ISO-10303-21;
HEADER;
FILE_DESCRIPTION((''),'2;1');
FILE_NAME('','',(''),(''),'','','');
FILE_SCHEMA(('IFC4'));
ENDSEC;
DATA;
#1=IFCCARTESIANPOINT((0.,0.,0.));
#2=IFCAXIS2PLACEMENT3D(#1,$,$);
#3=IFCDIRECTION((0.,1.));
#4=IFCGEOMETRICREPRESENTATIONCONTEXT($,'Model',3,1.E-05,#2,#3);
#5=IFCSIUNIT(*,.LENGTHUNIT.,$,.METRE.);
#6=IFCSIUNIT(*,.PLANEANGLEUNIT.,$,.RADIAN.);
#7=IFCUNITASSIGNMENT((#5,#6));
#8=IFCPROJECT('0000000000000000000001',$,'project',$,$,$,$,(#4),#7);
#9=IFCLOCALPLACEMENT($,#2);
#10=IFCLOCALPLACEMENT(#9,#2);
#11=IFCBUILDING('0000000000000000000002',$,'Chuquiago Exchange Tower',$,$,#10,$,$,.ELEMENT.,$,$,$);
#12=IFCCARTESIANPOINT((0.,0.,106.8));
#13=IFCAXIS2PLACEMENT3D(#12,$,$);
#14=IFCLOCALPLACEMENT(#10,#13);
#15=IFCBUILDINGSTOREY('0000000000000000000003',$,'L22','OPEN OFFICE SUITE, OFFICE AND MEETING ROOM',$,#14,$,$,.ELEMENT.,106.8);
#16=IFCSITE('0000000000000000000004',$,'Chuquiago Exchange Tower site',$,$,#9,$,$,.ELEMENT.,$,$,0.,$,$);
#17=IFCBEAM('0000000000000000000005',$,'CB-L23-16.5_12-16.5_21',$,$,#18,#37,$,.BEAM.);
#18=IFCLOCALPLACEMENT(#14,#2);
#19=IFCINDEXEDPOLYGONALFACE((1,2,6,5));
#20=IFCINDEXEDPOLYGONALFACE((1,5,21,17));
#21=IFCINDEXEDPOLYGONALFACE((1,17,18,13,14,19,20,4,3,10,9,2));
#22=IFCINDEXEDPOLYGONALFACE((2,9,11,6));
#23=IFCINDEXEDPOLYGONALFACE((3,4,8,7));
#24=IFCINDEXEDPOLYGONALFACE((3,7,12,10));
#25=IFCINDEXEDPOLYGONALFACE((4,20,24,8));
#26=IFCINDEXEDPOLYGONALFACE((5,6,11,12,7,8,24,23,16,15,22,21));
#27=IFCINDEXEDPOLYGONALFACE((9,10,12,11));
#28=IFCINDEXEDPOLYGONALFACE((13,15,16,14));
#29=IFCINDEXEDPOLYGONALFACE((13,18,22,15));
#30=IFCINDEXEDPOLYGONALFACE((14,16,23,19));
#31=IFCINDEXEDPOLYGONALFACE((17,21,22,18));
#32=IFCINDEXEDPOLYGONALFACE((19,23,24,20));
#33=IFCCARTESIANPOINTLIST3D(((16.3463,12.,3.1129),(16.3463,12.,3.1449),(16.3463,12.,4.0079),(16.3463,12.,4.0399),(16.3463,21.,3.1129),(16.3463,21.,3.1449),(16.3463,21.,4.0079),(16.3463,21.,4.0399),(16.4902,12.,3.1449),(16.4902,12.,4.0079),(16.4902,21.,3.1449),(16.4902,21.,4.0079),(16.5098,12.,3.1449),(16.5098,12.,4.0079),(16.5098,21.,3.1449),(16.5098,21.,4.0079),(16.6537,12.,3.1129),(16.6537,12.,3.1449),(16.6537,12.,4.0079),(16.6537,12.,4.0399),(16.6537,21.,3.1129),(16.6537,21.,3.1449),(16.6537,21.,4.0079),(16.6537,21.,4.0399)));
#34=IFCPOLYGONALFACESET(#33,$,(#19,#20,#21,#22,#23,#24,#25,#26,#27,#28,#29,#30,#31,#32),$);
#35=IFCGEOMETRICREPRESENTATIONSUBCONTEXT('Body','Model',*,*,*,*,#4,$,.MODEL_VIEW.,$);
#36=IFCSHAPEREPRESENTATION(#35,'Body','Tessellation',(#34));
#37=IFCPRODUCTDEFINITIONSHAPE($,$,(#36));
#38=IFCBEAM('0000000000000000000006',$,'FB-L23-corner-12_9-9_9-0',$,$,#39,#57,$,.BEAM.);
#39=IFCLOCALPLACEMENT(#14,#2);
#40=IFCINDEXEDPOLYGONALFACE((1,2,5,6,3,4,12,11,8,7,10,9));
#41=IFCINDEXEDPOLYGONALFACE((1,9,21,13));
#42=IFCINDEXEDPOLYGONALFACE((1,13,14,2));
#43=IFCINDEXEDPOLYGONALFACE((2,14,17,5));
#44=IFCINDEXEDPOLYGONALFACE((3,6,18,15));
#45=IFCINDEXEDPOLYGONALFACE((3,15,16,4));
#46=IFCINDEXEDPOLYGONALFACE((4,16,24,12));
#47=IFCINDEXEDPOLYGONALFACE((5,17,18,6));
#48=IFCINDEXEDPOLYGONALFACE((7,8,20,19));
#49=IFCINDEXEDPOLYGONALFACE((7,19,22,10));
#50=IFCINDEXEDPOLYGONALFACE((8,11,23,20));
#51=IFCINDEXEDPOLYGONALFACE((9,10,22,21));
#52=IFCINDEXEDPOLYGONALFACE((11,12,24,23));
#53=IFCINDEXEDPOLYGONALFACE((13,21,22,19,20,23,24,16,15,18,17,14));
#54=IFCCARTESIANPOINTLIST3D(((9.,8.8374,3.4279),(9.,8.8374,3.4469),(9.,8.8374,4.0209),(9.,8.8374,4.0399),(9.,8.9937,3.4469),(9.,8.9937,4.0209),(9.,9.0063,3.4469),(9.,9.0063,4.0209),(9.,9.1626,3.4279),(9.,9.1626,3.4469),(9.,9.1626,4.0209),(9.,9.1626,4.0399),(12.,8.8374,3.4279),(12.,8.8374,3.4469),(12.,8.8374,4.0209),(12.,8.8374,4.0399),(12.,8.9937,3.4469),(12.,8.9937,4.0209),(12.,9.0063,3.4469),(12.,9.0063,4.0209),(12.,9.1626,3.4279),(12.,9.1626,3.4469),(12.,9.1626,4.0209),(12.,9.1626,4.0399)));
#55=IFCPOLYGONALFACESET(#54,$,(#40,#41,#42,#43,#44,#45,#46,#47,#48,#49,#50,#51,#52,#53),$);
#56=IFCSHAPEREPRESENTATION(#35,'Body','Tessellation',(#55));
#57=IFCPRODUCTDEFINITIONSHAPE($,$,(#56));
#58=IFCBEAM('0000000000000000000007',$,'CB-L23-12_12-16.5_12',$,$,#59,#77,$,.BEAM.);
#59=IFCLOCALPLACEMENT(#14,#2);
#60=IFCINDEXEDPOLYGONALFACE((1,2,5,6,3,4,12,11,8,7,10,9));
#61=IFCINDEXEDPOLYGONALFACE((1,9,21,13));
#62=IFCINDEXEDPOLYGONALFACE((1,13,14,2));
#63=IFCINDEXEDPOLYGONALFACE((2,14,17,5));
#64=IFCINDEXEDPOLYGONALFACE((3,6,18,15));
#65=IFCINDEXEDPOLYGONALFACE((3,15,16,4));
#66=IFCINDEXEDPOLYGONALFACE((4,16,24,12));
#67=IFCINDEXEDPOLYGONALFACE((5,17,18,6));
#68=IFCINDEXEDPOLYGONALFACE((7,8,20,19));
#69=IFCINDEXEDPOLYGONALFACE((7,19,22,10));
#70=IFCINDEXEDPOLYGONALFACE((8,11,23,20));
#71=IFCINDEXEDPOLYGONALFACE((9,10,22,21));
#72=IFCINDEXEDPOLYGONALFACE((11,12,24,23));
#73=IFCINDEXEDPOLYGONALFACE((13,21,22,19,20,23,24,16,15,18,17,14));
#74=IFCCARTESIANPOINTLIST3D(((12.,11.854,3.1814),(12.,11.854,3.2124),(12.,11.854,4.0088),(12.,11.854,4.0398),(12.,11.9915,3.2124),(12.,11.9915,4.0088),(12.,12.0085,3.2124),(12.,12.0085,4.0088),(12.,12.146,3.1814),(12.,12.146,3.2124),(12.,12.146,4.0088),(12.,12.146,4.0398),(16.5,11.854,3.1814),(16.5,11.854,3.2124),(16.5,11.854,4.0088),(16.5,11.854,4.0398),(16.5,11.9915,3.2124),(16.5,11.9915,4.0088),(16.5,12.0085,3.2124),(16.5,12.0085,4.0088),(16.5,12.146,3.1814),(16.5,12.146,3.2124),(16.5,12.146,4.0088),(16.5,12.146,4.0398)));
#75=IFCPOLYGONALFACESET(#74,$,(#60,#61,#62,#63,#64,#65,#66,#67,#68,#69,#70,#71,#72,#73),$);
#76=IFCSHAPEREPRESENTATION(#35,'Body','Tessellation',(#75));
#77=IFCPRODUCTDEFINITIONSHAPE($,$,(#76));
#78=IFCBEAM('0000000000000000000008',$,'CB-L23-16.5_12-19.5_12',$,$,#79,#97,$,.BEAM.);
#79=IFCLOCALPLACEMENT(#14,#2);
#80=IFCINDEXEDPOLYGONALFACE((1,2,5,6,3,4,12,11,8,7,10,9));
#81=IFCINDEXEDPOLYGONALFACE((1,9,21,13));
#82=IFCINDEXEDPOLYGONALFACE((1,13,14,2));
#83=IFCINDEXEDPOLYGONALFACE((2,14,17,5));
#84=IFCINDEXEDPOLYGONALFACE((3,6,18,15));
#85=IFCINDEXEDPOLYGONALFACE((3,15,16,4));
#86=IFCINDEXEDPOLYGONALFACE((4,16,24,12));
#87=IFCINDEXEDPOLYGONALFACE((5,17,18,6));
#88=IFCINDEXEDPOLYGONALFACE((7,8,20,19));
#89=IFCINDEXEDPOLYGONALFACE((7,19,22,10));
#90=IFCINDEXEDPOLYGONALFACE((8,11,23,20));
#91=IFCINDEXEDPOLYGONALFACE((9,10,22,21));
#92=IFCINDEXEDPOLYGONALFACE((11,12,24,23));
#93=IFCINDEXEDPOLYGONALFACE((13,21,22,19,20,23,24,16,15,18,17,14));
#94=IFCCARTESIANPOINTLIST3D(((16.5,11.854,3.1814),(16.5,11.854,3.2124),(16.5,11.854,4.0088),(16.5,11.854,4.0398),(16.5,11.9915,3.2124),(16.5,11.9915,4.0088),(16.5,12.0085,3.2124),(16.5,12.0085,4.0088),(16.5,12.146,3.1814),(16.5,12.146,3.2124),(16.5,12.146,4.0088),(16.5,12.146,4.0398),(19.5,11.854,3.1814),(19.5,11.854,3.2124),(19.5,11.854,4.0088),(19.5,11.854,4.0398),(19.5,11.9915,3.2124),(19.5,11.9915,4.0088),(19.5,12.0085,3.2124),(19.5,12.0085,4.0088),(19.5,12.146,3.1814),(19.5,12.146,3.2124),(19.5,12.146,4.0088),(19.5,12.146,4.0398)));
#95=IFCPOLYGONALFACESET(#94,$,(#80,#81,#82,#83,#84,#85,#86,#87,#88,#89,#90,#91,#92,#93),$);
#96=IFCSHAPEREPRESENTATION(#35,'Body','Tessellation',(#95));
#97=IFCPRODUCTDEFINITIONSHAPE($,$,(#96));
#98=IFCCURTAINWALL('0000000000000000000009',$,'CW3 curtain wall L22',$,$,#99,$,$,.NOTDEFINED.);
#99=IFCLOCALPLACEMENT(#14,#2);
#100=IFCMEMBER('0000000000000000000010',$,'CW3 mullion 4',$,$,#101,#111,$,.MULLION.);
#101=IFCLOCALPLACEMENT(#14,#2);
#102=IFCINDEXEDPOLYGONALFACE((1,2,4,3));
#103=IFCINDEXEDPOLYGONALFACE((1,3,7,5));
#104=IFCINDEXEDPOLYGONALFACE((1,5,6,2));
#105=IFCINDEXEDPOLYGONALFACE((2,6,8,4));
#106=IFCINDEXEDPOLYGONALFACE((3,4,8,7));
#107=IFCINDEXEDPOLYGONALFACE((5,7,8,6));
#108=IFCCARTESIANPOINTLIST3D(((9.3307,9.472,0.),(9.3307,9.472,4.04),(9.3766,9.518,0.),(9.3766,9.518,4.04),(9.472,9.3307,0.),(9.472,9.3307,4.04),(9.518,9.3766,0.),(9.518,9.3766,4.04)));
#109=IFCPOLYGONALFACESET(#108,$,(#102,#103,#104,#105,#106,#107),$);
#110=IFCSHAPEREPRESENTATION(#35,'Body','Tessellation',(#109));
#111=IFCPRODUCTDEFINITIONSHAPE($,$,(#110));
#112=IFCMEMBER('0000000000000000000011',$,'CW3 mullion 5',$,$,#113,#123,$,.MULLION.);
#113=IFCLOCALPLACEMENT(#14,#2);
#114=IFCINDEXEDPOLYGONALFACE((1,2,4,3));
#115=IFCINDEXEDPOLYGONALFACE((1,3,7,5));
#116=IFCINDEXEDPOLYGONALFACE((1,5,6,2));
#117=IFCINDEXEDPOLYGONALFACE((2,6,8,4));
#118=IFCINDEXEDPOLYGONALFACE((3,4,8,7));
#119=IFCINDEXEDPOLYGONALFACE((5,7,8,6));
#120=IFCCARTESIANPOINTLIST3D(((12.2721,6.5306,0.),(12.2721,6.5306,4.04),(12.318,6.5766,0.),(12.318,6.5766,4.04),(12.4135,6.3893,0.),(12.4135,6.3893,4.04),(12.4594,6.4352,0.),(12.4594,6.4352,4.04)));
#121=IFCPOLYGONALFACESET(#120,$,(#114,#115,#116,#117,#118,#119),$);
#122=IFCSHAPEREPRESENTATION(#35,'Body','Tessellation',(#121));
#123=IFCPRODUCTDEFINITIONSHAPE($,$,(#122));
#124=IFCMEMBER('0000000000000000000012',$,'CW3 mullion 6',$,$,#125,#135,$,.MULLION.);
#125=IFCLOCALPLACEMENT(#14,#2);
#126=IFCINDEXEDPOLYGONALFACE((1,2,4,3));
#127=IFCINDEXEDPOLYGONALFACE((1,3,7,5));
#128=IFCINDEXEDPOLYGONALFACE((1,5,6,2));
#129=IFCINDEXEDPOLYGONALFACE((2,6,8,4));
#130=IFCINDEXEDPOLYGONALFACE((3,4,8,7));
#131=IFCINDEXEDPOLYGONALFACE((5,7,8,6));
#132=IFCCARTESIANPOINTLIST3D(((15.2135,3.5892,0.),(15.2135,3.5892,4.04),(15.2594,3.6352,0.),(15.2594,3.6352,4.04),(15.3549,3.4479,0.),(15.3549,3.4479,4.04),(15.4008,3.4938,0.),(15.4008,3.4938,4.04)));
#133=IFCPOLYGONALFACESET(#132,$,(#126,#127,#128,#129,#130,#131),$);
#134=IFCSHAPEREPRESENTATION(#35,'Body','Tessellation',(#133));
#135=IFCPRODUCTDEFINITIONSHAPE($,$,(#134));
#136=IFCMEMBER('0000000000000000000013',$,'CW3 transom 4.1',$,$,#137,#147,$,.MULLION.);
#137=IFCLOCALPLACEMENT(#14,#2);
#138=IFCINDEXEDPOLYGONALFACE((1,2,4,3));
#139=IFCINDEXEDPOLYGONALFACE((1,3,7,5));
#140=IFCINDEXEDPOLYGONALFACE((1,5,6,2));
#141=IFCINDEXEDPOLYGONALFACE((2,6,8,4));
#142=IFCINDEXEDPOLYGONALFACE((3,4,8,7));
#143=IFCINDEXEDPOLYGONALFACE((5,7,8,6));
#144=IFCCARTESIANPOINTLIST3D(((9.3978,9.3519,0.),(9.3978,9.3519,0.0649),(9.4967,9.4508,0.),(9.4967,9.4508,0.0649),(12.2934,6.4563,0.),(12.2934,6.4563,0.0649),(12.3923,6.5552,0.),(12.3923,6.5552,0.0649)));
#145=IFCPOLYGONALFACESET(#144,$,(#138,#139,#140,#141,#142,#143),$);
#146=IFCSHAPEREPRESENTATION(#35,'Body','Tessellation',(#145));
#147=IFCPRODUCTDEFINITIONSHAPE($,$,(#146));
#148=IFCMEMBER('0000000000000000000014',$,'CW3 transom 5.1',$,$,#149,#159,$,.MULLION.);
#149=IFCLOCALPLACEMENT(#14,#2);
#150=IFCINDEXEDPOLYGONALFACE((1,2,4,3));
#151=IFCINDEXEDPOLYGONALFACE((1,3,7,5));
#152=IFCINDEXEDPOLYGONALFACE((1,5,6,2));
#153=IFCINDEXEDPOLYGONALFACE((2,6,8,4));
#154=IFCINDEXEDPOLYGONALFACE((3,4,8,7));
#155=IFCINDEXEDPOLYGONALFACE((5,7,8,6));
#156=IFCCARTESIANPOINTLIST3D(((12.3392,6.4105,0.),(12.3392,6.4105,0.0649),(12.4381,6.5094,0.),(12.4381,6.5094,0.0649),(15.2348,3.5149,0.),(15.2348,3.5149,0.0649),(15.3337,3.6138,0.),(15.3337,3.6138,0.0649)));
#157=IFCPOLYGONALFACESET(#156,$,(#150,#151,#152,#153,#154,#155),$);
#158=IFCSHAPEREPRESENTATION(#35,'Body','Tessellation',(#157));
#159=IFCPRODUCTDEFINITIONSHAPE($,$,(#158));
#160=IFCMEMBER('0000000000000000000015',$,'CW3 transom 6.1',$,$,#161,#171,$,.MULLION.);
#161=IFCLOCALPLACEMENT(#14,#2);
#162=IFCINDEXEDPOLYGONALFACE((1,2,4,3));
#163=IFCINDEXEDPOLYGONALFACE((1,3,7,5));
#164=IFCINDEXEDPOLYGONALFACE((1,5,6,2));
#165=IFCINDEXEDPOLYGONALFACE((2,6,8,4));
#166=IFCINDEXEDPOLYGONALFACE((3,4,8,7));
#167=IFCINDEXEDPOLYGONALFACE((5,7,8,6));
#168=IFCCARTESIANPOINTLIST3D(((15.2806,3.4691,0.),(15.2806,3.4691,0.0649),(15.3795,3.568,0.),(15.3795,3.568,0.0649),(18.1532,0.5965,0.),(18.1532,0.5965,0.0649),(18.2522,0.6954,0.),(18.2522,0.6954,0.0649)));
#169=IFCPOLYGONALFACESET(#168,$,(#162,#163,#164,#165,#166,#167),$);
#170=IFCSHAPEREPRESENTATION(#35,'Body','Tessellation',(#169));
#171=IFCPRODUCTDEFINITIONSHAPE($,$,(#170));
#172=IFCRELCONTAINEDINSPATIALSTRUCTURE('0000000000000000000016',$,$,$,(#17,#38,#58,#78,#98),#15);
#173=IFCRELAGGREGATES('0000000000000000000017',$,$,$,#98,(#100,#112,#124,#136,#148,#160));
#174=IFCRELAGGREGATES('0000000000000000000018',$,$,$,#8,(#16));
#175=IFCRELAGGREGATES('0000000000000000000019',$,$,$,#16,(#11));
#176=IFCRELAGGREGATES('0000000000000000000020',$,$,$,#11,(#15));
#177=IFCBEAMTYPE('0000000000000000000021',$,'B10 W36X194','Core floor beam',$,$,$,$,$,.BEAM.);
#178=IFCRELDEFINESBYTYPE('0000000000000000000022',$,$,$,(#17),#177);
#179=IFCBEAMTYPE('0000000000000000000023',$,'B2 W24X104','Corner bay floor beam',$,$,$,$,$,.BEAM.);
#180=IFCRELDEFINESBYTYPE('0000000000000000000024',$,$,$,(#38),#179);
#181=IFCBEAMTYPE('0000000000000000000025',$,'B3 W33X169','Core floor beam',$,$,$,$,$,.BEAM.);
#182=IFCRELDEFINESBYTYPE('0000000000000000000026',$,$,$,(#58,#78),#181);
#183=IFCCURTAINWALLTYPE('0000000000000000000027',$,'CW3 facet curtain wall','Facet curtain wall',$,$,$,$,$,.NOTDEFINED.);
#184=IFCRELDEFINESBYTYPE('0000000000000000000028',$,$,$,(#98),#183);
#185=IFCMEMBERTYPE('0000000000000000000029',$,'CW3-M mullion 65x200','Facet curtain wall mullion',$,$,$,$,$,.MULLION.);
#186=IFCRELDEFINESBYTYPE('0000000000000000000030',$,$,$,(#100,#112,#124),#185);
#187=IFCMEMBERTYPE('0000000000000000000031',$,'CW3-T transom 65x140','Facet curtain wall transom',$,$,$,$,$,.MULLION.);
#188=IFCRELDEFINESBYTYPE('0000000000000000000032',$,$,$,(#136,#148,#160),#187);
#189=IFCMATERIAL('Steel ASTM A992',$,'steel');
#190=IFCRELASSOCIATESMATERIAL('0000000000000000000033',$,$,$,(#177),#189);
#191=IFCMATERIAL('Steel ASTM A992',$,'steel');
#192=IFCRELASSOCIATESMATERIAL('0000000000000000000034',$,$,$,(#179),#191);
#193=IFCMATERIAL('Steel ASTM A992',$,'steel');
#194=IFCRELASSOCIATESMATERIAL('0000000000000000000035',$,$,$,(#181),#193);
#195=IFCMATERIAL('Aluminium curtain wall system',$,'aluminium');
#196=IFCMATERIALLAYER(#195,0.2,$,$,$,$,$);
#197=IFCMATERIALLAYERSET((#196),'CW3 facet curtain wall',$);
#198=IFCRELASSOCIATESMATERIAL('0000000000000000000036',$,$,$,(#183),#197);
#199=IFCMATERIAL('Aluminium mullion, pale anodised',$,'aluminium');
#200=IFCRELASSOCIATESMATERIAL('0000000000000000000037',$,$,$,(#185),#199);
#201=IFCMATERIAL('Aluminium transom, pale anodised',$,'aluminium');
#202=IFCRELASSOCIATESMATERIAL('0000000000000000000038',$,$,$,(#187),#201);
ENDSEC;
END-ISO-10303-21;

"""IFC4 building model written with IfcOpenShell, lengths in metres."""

from ifc_helpers import new_model, si_unit, direction, frame, origin, origin_2d, place, context, subcontext, project, spatial, rectangle, i_section, extrude, material, layer, layer_set, material_profile, profile_set, type_object, element, aggregate, save


model = new_model("IFC4")

# Units and contexts
model_context = context("Model", 3, precision=1e-05, world=origin(), true_north=direction((0.0, 1.0)))
body_context = subcontext(model_context, "Body", "Model", "MODEL_VIEW")
ifc_project = project(units=[si_unit("LENGTHUNIT", "METRE"), si_unit("PLANEANGLEUNIT", "RADIAN")], contexts=[model_context])

# Site, building, storey
site_placement = place(None, origin())
site = spatial("IfcSite", under=ifc_project, at=site_placement, Name="Chuquiago Exchange Tower site", CompositionType="ELEMENT", RefElevation=0.0)
building_placement = place(site_placement, origin())
building = spatial("IfcBuilding", under=site, at=building_placement, Name="Chuquiago Exchange Tower", CompositionType="ELEMENT")
storey_placement = place(building_placement, frame((0.0, 0.0, 106.8)))
storey = spatial("IfcBuildingStorey", under=building, at=storey_placement, Name="L22", Description="OPEN OFFICE SUITE, OFFICE AND MEETING ROOM", CompositionType="ELEMENT", Elevation=106.8)

# Beams
ifc_material_1 = material(Name="Steel ASTM A992", Category="steel")
ifc_material_profile_1 = material_profile(ifc_material_1, i_section(OverallWidth=0.3074, OverallDepth=0.927, WebThickness=0.0195, FlangeThickness=0.032, at=origin_2d()), Name="W36X194")
ifc_profile_set_1 = profile_set([ifc_material_profile_1], Name="Steel ASTM A992")
beam_type_1 = type_object("IfcBeamType", Name="B10 W36X194", Description="Core floor beam", PredefinedType="BEAM", material=ifc_profile_set_1)
for number, where, z_axis, x_axis, name in (
    (1, (16.5, 12.0, 3.5764), (0.0, 1.0, 0.0), (-1.0, 0.0, 0.0), "CB-L23-16.5_12-16.5_21"),
):
    element("IfcBeam", number, at=place(storey_placement, frame(where, z_axis=z_axis, x_axis=x_axis)), inside=storey, type_object=beam_type_1, Name=name, PredefinedType="BEAM", context=body_context, shape_type="SweptSolid", body=[
        extrude(i_section(OverallWidth=0.3074, OverallDepth=0.927, WebThickness=0.0195, FlangeThickness=0.032, at=origin_2d()), origin(), (0.0, 0.0, 1.0), 9.0),
    ])
ifc_material_2 = material(Name="Steel ASTM A992", Category="steel")
ifc_material_profile_2 = material_profile(ifc_material_2, i_section(OverallWidth=0.3252, OverallDepth=0.6121, WebThickness=0.0127, FlangeThickness=0.019, at=origin_2d()), Name="W24X104")
ifc_profile_set_2 = profile_set([ifc_material_profile_2], Name="Steel ASTM A992")
beam_type_2 = type_object("IfcBeamType", Name="B2 W24X104", Description="Corner bay floor beam", PredefinedType="BEAM", material=ifc_profile_set_2)
beam_1_placement = place(storey_placement, frame((12.0, 9.0, 3.7339), z_axis=(-1.0, 0.0, 0.0), x_axis=(0.0, -1.0, 0.0)))
element("IfcBeam", 2, at=beam_1_placement, inside=storey, type_object=beam_type_2, Name="FB-L23-corner-12_9-9_9-0", PredefinedType="BEAM", context=body_context, shape_type="SweptSolid", body=[
    extrude(i_section(OverallWidth=0.3252, OverallDepth=0.6121, WebThickness=0.0127, FlangeThickness=0.019, at=origin_2d()), origin(), (0.0, 0.0, 1.0), 3.0),
])
ifc_material_3 = material(Name="Steel ASTM A992", Category="steel")
ifc_material_profile_3 = material_profile(ifc_material_3, i_section(OverallWidth=0.292, OverallDepth=0.8584, WebThickness=0.0171, FlangeThickness=0.031, at=origin_2d()), Name="W33X169")
ifc_profile_set_3 = profile_set([ifc_material_profile_3], Name="Steel ASTM A992")
beam_type_3 = type_object("IfcBeamType", Name="B3 W33X169", Description="Core floor beam", PredefinedType="BEAM", material=ifc_profile_set_3)
beam_2_placement = place(storey_placement, frame((12.0, 12.0, 3.6106), z_axis=(1.0, 0.0, 0.0), x_axis=(0.0, 1.0, 0.0)))
element("IfcBeam", 3, at=beam_2_placement, inside=storey, type_object=beam_type_3, Name="CB-L23-12_12-16.5_12", PredefinedType="BEAM", context=body_context, shape_type="SweptSolid", body=[
    extrude(i_section(OverallWidth=0.292, OverallDepth=0.8584, WebThickness=0.0171, FlangeThickness=0.031, at=origin_2d()), origin(), (0.0, 0.0, 1.0), 4.5),
])
beam_3_placement = place(storey_placement, frame((16.5, 12.0, 3.6106), z_axis=(1.0, 0.0, 0.0), x_axis=(0.0, 1.0, 0.0)))
element("IfcBeam", 4, at=beam_3_placement, inside=storey, type_object=beam_type_3, Name="CB-L23-16.5_12-19.5_12", PredefinedType="BEAM", context=body_context, shape_type="SweptSolid", body=[
    extrude(i_section(OverallWidth=0.292, OverallDepth=0.8584, WebThickness=0.0171, FlangeThickness=0.031, at=origin_2d()), origin(), (0.0, 0.0, 1.0), 3.0),
])

# Curtain wall, members
ifc_material_4 = material(Name="Aluminium curtain wall system", Category="aluminium")
ifc_layer_1 = layer(ifc_material_4, 0.2)
ifc_layer_set_1 = layer_set([ifc_layer_1], Name="CW3 facet curtain wall")
curtain_wall_type = type_object("IfcCurtainWallType", Name="CW3 facet curtain wall", Description="Facet curtain wall", PredefinedType="NOTDEFINED", material=ifc_layer_set_1)
curtain_wall_placement = place(storey_placement, origin())
curtain_wall = element("IfcCurtainWall", 5, at=curtain_wall_placement, inside=storey, type_object=curtain_wall_type, Name="CW3 curtain wall L22", PredefinedType="NOTDEFINED")
ifc_material_5 = material(Name="Aluminium mullion, pale anodised", Category="aluminium")
ifc_material_profile_4 = material_profile(ifc_material_5, rectangle(XDim=0.0649, YDim=0.2, at=origin_2d()), Name="AL 65x200")
ifc_profile_set_4 = profile_set([ifc_material_profile_4], Name="Aluminium mullion, pale anodised")
member_type_1 = type_object("IfcMemberType", Name="CW3-M mullion 65x200", Description="Facet curtain wall mullion", PredefinedType="MULLION", material=ifc_profile_set_4)
member_1_placement = place(storey_placement, frame((9.4243, 9.4243, 0.0), z_axis=(0.0, 0.0, 1.0), x_axis=(0.707107, 0.707107, 0.0)))
member_1 = element("IfcMember", 6, at=member_1_placement, type_object=member_type_1, Name="CW3 mullion 4", PredefinedType="MULLION", context=body_context, shape_type="SweptSolid", body=[
    extrude(rectangle(XDim=0.0649, YDim=0.2, at=origin_2d()), origin(), (0.0, 0.0, 1.0), 4.04),
])
member_2_placement = place(storey_placement, frame((12.3657, 6.4829, 0.0), z_axis=(0.0, 0.0, 1.0), x_axis=(0.707107, 0.707107, 0.0)))
member_2 = element("IfcMember", 7, at=member_2_placement, type_object=member_type_1, Name="CW3 mullion 5", PredefinedType="MULLION", context=body_context, shape_type="SweptSolid", body=[
    extrude(rectangle(XDim=0.0649, YDim=0.2, at=origin_2d()), origin(), (0.0, 0.0, 1.0), 4.04),
])
member_3_placement = place(storey_placement, frame((15.3071, 3.5415, 0.0), z_axis=(0.0, 0.0, 1.0), x_axis=(0.707107, 0.707107, 0.0)))
member_3 = element("IfcMember", 8, at=member_3_placement, type_object=member_type_1, Name="CW3 mullion 6", PredefinedType="MULLION", context=body_context, shape_type="SweptSolid", body=[
    extrude(rectangle(XDim=0.0649, YDim=0.2, at=origin_2d()), origin(), (0.0, 0.0, 1.0), 4.04),
])
ifc_material_6 = material(Name="Aluminium transom, pale anodised", Category="aluminium")
ifc_material_profile_5 = material_profile(ifc_material_6, rectangle(XDim=0.1399, YDim=0.0649, at=origin_2d()), Name="AL 140x65")
ifc_profile_set_5 = profile_set([ifc_material_profile_5], Name="Aluminium transom, pale anodised")
member_type_2 = type_object("IfcMemberType", Name="CW3-T transom 65x140", Description="Facet curtain wall transom", PredefinedType="MULLION", material=ifc_profile_set_5)
member_4_placement = place(storey_placement, frame((9.4473, 9.4014, 0.0325), z_axis=(0.707107, -0.707107, 0.0), x_axis=(0.707107, 0.707107, 0.0)))
member_4 = element("IfcMember", 9, at=member_4_placement, type_object=member_type_2, Name="CW3 transom 4.1", PredefinedType="MULLION", context=body_context, shape_type="SweptSolid", body=[
    extrude(rectangle(XDim=0.1399, YDim=0.0649, at=origin_2d()), origin(), (0.0, 0.0, 1.0), 4.095),
])
member_5_placement = place(storey_placement, frame((12.3887, 6.46, 0.0325), z_axis=(0.707107, -0.707107, 0.0), x_axis=(0.707107, 0.707107, 0.0)))
member_5 = element("IfcMember", 10, at=member_5_placement, type_object=member_type_2, Name="CW3 transom 5.1", PredefinedType="MULLION", context=body_context, shape_type="SweptSolid", body=[
    extrude(rectangle(XDim=0.1399, YDim=0.0649, at=origin_2d()), origin(), (0.0, 0.0, 1.0), 4.095),
])
member_6_placement = place(storey_placement, frame((15.3301, 3.5186, 0.0325), z_axis=(0.707107, -0.707107, 0.0), x_axis=(0.707107, 0.707107, 0.0)))
member_6 = element("IfcMember", 11, at=member_6_placement, type_object=member_type_2, Name="CW3 transom 6.1", PredefinedType="MULLION", context=body_context, shape_type="SweptSolid", body=[
    extrude(rectangle(XDim=0.1399, YDim=0.0649, at=origin_2d()), origin(), (0.0, 0.0, 1.0), 4.0625),
])

aggregate(curtain_wall, [member_1, member_2, member_3, member_4, member_5, member_6])

save(model, "model.ifc")
